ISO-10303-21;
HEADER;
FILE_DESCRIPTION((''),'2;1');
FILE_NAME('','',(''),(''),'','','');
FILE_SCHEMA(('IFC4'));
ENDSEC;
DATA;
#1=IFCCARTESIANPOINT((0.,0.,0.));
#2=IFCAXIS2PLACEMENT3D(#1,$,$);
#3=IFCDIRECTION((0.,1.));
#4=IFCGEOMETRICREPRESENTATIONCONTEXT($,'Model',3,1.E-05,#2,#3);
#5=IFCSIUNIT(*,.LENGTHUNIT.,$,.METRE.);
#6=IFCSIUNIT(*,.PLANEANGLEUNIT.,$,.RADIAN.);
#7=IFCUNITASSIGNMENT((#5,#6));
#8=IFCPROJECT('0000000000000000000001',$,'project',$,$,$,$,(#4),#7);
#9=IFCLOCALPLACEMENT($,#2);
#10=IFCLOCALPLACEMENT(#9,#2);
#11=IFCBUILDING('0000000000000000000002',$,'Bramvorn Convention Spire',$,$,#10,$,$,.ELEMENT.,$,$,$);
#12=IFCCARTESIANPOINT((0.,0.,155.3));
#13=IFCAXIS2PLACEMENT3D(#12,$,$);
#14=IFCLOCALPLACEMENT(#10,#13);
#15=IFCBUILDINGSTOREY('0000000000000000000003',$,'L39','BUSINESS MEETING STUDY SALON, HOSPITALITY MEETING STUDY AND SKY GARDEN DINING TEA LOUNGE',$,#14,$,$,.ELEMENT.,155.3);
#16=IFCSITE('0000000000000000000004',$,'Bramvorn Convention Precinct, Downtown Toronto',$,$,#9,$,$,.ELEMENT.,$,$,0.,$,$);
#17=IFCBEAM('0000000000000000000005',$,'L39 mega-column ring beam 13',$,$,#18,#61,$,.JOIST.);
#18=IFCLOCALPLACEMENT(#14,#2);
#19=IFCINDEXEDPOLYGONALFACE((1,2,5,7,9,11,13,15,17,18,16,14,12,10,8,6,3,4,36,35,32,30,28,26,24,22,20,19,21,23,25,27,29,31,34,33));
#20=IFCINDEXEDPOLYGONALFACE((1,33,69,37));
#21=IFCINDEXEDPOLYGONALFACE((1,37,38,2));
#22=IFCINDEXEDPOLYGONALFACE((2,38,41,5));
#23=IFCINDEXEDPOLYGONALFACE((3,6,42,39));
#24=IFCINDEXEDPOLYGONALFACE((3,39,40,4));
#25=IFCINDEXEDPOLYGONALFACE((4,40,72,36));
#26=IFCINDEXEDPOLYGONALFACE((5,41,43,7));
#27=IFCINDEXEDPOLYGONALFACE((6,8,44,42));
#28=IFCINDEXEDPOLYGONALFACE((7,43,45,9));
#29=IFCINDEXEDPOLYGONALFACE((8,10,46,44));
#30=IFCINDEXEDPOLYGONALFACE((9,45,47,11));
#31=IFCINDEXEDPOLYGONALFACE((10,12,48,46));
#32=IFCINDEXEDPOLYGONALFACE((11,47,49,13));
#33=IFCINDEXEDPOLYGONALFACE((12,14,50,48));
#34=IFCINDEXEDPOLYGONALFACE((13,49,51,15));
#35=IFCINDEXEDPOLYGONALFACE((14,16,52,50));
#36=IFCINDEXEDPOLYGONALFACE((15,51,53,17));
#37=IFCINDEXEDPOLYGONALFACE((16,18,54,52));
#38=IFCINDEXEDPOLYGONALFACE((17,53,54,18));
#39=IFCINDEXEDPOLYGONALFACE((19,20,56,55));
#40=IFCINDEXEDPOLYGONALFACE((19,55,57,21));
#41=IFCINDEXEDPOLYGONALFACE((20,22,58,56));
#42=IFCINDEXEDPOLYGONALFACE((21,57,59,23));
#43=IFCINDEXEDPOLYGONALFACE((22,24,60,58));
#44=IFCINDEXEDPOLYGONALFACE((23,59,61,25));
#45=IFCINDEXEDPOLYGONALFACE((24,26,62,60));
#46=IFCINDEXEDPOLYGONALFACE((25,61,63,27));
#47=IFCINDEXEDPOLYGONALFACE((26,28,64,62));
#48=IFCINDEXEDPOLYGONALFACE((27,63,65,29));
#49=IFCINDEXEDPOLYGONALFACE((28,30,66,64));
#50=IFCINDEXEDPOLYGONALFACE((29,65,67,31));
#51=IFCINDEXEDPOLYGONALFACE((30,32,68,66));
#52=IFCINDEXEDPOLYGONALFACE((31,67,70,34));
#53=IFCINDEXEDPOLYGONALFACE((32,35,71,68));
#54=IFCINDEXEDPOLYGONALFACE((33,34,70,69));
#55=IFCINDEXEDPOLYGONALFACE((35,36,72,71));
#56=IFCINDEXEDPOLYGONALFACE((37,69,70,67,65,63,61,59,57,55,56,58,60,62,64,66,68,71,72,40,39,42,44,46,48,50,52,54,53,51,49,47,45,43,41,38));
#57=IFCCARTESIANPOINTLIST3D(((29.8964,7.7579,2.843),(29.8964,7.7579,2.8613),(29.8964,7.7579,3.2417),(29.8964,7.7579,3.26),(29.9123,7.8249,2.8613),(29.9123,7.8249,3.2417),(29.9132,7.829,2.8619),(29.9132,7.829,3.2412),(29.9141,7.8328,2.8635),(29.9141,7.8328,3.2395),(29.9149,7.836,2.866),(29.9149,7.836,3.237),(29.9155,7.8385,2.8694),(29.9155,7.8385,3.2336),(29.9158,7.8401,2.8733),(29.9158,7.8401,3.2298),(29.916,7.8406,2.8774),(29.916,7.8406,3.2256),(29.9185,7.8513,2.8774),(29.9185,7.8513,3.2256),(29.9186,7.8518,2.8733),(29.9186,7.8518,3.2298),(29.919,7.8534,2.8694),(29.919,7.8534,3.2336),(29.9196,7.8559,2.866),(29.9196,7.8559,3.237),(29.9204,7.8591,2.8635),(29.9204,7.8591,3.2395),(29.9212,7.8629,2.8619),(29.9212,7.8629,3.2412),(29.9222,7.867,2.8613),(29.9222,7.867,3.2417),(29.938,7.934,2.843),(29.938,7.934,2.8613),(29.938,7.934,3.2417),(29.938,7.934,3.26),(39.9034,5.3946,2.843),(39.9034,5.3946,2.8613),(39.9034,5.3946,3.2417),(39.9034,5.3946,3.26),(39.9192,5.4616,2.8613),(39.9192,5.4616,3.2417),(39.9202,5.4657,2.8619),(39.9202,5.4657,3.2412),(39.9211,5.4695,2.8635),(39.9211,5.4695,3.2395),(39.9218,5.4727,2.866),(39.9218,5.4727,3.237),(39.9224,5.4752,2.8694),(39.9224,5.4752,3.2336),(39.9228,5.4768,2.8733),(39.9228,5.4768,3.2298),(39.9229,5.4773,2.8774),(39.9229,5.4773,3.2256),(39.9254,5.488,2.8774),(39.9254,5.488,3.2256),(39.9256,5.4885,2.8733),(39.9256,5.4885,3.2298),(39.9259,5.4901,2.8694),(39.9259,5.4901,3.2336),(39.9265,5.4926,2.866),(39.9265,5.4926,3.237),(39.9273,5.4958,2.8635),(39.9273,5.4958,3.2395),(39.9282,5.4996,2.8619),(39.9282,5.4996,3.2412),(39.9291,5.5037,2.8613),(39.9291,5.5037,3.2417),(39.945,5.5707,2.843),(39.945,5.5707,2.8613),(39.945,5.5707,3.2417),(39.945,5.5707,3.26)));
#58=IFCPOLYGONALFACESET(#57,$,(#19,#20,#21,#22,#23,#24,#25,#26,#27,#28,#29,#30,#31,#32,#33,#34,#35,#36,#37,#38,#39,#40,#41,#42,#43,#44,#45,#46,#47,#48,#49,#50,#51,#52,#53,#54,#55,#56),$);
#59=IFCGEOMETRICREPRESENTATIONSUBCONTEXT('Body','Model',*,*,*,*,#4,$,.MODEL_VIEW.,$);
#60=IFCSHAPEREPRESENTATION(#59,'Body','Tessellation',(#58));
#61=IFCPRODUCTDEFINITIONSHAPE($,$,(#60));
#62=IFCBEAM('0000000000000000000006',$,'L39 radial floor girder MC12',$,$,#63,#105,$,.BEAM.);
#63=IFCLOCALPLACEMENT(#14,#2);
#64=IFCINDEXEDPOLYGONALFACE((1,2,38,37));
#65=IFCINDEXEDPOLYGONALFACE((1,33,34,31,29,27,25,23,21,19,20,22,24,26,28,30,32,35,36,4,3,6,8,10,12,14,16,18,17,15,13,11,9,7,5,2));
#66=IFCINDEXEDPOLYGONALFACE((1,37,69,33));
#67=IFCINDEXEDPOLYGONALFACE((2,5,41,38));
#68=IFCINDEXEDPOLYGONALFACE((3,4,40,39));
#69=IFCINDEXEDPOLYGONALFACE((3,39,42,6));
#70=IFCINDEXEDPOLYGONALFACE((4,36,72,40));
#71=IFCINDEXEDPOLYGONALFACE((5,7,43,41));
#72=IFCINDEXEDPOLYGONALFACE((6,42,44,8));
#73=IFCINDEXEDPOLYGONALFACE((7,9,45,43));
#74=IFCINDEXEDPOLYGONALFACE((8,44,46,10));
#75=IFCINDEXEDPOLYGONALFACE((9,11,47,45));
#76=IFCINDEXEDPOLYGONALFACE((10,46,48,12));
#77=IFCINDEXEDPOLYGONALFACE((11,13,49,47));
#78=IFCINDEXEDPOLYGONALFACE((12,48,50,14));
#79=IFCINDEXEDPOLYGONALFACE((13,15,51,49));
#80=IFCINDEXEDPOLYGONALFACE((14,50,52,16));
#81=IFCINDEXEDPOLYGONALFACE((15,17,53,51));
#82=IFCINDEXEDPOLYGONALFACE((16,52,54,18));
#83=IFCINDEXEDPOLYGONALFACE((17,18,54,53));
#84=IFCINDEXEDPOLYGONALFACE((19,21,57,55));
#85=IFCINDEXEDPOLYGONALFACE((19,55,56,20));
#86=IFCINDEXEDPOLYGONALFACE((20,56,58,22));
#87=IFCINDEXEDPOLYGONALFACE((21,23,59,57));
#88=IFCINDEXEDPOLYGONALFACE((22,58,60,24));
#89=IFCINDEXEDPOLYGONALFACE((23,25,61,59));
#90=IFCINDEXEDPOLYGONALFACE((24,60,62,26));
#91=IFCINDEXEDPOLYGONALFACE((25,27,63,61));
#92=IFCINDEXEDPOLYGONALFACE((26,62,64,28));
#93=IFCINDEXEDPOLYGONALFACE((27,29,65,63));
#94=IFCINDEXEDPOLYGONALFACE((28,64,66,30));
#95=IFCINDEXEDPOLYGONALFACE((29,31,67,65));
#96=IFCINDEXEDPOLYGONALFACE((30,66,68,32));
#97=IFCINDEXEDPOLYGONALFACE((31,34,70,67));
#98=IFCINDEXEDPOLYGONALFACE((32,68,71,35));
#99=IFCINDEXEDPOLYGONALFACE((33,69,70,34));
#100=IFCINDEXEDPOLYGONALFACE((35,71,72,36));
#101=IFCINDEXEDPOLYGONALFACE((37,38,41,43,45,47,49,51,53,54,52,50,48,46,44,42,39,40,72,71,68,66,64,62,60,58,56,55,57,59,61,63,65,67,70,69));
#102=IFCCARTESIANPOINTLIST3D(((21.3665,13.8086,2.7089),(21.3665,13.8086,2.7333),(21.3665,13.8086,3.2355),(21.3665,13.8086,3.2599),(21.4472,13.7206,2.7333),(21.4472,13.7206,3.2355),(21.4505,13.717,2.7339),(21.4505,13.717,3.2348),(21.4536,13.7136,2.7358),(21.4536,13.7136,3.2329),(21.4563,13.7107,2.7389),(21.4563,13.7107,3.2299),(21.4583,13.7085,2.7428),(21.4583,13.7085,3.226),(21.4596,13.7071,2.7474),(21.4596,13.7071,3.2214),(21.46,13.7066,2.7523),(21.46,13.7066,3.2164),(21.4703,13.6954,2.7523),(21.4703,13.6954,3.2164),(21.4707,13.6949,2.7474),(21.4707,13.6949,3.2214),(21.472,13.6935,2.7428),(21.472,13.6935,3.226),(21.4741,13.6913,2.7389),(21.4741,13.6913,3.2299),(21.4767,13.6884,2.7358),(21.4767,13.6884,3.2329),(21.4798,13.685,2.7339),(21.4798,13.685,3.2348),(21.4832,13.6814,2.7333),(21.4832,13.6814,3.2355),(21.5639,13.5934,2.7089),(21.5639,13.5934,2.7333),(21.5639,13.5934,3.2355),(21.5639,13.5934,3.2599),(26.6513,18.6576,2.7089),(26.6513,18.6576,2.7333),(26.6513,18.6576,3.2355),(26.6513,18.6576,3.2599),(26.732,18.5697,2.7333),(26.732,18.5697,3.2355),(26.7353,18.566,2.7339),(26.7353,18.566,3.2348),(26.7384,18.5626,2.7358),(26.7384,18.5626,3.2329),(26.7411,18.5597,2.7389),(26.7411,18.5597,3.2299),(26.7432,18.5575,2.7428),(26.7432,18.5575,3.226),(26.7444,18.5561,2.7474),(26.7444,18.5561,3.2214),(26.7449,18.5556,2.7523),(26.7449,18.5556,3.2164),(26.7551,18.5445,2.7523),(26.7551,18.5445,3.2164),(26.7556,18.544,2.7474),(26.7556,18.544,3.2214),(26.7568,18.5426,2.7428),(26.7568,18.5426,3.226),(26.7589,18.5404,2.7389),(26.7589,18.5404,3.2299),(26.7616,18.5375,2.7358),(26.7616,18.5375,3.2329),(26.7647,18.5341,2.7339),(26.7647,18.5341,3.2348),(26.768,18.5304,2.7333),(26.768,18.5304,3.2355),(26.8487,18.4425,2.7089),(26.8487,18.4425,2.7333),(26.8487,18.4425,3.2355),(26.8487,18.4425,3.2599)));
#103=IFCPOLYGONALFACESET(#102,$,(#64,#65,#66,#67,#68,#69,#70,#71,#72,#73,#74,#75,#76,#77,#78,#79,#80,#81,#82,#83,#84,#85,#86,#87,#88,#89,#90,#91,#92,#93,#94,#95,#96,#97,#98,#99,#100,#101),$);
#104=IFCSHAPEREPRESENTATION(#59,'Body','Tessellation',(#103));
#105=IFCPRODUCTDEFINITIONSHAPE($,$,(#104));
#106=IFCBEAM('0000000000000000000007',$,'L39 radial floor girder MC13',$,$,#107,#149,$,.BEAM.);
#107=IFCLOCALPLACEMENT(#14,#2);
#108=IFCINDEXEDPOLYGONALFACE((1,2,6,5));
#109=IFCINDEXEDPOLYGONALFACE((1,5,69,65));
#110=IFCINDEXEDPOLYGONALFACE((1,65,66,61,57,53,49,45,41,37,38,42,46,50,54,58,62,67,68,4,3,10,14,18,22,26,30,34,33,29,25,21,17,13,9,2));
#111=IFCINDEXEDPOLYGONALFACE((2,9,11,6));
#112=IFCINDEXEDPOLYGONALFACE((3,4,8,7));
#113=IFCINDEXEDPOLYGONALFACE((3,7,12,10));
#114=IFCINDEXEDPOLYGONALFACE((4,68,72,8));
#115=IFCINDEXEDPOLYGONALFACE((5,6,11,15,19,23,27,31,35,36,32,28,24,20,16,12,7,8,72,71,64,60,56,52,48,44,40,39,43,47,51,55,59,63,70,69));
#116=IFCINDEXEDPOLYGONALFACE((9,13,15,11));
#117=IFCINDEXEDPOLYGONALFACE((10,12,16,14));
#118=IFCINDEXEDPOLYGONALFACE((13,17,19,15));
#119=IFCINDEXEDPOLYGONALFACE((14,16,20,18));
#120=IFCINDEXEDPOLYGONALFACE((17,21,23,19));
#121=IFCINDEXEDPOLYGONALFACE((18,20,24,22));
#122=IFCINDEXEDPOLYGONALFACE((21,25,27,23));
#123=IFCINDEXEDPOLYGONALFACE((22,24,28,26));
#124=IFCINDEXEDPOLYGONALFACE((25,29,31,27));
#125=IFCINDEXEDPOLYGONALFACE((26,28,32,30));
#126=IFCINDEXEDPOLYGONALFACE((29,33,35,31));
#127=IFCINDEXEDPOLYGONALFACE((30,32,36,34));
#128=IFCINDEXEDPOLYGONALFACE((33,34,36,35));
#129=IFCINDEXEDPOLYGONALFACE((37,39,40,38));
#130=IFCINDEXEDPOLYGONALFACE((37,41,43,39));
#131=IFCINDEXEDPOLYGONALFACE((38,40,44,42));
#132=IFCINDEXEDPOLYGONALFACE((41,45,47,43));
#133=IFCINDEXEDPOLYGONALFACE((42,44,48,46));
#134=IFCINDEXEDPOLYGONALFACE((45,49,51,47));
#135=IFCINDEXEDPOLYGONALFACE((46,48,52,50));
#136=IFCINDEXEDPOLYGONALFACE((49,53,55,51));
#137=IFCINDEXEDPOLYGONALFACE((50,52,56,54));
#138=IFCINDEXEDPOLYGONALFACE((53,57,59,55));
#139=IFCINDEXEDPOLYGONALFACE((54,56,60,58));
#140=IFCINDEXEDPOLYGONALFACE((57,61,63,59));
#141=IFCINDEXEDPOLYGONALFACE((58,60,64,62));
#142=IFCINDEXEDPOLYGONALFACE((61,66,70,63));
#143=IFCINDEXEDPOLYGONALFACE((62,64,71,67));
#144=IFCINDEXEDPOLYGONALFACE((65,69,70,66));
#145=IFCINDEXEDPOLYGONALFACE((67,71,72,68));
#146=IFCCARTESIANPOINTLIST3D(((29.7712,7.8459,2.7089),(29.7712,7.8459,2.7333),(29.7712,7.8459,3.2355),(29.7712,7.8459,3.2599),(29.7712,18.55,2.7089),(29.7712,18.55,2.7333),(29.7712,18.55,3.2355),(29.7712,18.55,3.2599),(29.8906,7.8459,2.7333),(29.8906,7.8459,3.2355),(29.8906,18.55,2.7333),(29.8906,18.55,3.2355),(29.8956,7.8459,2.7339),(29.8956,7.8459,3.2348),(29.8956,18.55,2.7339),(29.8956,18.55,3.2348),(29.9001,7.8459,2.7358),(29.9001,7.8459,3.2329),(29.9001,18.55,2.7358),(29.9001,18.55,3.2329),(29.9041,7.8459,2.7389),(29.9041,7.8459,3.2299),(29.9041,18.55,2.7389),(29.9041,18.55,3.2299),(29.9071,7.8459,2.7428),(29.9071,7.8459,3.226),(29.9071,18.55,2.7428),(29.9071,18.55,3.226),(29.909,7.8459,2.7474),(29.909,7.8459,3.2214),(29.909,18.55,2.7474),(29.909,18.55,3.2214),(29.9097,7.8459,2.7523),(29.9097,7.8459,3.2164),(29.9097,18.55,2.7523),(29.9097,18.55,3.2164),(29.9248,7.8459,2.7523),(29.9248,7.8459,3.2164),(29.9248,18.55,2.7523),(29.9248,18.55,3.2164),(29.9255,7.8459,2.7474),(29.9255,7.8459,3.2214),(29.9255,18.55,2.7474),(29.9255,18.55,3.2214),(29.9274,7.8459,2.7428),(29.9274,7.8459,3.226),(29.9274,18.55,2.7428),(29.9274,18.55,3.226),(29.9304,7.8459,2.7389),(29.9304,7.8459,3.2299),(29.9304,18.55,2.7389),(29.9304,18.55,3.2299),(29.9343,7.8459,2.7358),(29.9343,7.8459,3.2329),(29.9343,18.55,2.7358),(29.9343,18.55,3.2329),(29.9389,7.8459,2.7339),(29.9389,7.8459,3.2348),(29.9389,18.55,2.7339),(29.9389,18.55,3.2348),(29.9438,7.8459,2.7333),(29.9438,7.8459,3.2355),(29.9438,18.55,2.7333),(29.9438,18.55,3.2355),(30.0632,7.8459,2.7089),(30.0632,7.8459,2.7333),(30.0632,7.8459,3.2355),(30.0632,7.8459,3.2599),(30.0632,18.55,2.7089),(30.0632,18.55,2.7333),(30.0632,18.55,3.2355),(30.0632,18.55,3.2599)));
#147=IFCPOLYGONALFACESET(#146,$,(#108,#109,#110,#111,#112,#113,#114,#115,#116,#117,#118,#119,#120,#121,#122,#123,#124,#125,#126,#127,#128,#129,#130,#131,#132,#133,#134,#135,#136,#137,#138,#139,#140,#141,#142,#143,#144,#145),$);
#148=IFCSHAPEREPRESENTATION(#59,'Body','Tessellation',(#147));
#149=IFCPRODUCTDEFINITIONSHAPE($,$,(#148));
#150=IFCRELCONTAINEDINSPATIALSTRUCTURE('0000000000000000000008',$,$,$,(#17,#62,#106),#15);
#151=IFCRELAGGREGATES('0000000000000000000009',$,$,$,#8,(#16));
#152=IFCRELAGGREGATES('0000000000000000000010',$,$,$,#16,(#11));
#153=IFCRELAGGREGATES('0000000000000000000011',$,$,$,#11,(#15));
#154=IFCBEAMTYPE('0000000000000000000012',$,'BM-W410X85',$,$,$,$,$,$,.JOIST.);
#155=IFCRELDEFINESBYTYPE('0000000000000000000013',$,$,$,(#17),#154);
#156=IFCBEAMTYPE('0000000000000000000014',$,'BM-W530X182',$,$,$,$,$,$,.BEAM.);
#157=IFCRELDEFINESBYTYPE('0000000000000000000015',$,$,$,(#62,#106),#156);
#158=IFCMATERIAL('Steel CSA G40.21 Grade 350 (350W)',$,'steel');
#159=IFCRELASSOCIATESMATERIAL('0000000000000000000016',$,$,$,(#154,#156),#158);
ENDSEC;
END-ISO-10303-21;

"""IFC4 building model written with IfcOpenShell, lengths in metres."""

from ifc_helpers import new_model, si_unit, direction, frame, origin, origin_2d, place, context, subcontext, project, spatial, i_section, extrude, material, material_profile, profile_set, type_object, element, save


model = new_model("IFC4")

# Units and contexts
model_context = context("Model", 3, precision=1e-05, world=origin(), true_north=direction((0.0, 1.0)))
body_context = subcontext(model_context, "Body", "Model", "MODEL_VIEW")
ifc_project = project(units=[si_unit("LENGTHUNIT", "METRE"), si_unit("PLANEANGLEUNIT", "RADIAN")], contexts=[model_context])

# Site, building, storey
site_placement = place(None, origin())
site = spatial("IfcSite", under=ifc_project, at=site_placement, Name="Bramvorn Convention Precinct, Downtown Toronto", CompositionType="ELEMENT", RefElevation=0.0)
building_placement = place(site_placement, origin())
building = spatial("IfcBuilding", under=site, at=building_placement, Name="Bramvorn Convention Spire", CompositionType="ELEMENT")
storey_placement = place(building_placement, frame((0.0, 0.0, 155.3)))
storey = spatial("IfcBuildingStorey", under=building, at=storey_placement, Name="L39", Description="BUSINESS MEETING STUDY SALON, HOSPITALITY MEETING STUDY AND SKY GARDEN DINING TEA LOUNGE", CompositionType="ELEMENT", Elevation=155.3)

# Shared definitions
ifc_material_1 = material(Name="Steel CSA G40.21 Grade 350 (350W)", Category="steel")

# Beams
ifc_material_profile_1 = material_profile(ifc_material_1, i_section(OverallWidth=0.1809, OverallDepth=0.417, WebThickness=0.011, FlangeThickness=0.0183, FilletRadius=0.0161, at=origin_2d()))
ifc_profile_set_1 = profile_set([ifc_material_profile_1], Name="Steel CSA G40.21 Grade 350 (350W) - W410X85")
beam_type_1 = type_object("IfcBeamType", Name="BM-W410X85", PredefinedType="JOIST", material=ifc_profile_set_1)
beam_1_placement = place(storey_placement, frame((29.9172, 7.8459, 3.0515), z_axis=(0.973228, -0.229844, 0.0), x_axis=(0.229844, 0.973228, 0.0)))
element("IfcBeam", 1, at=beam_1_placement, inside=storey, type_object=beam_type_1, Name="L39 mega-column ring beam 13", PredefinedType="JOIST", context=body_context, shape_type="SweptSolid", body=[
    extrude(i_section(OverallWidth=0.1809, OverallDepth=0.417, WebThickness=0.011, FlangeThickness=0.0183, FilletRadius=0.0161, at=origin_2d()), origin(), (0.0, 0.0, 1.0), 10.2822),
])
ifc_material_profile_2 = material_profile(ifc_material_1, i_section(OverallWidth=0.292, OverallDepth=0.551, WebThickness=0.0151, FlangeThickness=0.0244, FilletRadius=0.019, at=origin_2d()))
ifc_profile_set_2 = profile_set([ifc_material_profile_2], Name="Steel CSA G40.21 Grade 350 (350W) - W530X182")
beam_type_2 = type_object("IfcBeamType", Name="BM-W530X182", PredefinedType="BEAM", material=ifc_profile_set_2)
beam_2_placement = place(storey_placement, frame((26.75, 18.55, 2.9844), z_axis=(-0.736833, -0.676074, 0.0), x_axis=(0.676074, -0.736833, 0.0)))
element("IfcBeam", 2, at=beam_2_placement, inside=storey, type_object=beam_type_2, Name="L39 radial floor girder MC12", PredefinedType="BEAM", context=body_context, shape_type="SweptSolid", body=[
    extrude(i_section(OverallWidth=0.292, OverallDepth=0.551, WebThickness=0.0151, FlangeThickness=0.0244, FilletRadius=0.019, at=origin_2d()), origin(), (0.0, 0.0, 1.0), 7.1724),
])
beam_3_placement = place(storey_placement, frame((29.9172, 18.55, 2.9844), z_axis=(0.0, -1.0, 0.0), x_axis=(1.0, 0.0, 0.0)))
element("IfcBeam", 3, at=beam_3_placement, inside=storey, type_object=beam_type_2, Name="L39 radial floor girder MC13", PredefinedType="BEAM", context=body_context, shape_type="SweptSolid", body=[
    extrude(i_section(OverallWidth=0.292, OverallDepth=0.551, WebThickness=0.0151, FlangeThickness=0.0244, FilletRadius=0.019, at=origin_2d()), origin(), (0.0, 0.0, 1.0), 10.7041),
])

save(model, "model.ifc")
